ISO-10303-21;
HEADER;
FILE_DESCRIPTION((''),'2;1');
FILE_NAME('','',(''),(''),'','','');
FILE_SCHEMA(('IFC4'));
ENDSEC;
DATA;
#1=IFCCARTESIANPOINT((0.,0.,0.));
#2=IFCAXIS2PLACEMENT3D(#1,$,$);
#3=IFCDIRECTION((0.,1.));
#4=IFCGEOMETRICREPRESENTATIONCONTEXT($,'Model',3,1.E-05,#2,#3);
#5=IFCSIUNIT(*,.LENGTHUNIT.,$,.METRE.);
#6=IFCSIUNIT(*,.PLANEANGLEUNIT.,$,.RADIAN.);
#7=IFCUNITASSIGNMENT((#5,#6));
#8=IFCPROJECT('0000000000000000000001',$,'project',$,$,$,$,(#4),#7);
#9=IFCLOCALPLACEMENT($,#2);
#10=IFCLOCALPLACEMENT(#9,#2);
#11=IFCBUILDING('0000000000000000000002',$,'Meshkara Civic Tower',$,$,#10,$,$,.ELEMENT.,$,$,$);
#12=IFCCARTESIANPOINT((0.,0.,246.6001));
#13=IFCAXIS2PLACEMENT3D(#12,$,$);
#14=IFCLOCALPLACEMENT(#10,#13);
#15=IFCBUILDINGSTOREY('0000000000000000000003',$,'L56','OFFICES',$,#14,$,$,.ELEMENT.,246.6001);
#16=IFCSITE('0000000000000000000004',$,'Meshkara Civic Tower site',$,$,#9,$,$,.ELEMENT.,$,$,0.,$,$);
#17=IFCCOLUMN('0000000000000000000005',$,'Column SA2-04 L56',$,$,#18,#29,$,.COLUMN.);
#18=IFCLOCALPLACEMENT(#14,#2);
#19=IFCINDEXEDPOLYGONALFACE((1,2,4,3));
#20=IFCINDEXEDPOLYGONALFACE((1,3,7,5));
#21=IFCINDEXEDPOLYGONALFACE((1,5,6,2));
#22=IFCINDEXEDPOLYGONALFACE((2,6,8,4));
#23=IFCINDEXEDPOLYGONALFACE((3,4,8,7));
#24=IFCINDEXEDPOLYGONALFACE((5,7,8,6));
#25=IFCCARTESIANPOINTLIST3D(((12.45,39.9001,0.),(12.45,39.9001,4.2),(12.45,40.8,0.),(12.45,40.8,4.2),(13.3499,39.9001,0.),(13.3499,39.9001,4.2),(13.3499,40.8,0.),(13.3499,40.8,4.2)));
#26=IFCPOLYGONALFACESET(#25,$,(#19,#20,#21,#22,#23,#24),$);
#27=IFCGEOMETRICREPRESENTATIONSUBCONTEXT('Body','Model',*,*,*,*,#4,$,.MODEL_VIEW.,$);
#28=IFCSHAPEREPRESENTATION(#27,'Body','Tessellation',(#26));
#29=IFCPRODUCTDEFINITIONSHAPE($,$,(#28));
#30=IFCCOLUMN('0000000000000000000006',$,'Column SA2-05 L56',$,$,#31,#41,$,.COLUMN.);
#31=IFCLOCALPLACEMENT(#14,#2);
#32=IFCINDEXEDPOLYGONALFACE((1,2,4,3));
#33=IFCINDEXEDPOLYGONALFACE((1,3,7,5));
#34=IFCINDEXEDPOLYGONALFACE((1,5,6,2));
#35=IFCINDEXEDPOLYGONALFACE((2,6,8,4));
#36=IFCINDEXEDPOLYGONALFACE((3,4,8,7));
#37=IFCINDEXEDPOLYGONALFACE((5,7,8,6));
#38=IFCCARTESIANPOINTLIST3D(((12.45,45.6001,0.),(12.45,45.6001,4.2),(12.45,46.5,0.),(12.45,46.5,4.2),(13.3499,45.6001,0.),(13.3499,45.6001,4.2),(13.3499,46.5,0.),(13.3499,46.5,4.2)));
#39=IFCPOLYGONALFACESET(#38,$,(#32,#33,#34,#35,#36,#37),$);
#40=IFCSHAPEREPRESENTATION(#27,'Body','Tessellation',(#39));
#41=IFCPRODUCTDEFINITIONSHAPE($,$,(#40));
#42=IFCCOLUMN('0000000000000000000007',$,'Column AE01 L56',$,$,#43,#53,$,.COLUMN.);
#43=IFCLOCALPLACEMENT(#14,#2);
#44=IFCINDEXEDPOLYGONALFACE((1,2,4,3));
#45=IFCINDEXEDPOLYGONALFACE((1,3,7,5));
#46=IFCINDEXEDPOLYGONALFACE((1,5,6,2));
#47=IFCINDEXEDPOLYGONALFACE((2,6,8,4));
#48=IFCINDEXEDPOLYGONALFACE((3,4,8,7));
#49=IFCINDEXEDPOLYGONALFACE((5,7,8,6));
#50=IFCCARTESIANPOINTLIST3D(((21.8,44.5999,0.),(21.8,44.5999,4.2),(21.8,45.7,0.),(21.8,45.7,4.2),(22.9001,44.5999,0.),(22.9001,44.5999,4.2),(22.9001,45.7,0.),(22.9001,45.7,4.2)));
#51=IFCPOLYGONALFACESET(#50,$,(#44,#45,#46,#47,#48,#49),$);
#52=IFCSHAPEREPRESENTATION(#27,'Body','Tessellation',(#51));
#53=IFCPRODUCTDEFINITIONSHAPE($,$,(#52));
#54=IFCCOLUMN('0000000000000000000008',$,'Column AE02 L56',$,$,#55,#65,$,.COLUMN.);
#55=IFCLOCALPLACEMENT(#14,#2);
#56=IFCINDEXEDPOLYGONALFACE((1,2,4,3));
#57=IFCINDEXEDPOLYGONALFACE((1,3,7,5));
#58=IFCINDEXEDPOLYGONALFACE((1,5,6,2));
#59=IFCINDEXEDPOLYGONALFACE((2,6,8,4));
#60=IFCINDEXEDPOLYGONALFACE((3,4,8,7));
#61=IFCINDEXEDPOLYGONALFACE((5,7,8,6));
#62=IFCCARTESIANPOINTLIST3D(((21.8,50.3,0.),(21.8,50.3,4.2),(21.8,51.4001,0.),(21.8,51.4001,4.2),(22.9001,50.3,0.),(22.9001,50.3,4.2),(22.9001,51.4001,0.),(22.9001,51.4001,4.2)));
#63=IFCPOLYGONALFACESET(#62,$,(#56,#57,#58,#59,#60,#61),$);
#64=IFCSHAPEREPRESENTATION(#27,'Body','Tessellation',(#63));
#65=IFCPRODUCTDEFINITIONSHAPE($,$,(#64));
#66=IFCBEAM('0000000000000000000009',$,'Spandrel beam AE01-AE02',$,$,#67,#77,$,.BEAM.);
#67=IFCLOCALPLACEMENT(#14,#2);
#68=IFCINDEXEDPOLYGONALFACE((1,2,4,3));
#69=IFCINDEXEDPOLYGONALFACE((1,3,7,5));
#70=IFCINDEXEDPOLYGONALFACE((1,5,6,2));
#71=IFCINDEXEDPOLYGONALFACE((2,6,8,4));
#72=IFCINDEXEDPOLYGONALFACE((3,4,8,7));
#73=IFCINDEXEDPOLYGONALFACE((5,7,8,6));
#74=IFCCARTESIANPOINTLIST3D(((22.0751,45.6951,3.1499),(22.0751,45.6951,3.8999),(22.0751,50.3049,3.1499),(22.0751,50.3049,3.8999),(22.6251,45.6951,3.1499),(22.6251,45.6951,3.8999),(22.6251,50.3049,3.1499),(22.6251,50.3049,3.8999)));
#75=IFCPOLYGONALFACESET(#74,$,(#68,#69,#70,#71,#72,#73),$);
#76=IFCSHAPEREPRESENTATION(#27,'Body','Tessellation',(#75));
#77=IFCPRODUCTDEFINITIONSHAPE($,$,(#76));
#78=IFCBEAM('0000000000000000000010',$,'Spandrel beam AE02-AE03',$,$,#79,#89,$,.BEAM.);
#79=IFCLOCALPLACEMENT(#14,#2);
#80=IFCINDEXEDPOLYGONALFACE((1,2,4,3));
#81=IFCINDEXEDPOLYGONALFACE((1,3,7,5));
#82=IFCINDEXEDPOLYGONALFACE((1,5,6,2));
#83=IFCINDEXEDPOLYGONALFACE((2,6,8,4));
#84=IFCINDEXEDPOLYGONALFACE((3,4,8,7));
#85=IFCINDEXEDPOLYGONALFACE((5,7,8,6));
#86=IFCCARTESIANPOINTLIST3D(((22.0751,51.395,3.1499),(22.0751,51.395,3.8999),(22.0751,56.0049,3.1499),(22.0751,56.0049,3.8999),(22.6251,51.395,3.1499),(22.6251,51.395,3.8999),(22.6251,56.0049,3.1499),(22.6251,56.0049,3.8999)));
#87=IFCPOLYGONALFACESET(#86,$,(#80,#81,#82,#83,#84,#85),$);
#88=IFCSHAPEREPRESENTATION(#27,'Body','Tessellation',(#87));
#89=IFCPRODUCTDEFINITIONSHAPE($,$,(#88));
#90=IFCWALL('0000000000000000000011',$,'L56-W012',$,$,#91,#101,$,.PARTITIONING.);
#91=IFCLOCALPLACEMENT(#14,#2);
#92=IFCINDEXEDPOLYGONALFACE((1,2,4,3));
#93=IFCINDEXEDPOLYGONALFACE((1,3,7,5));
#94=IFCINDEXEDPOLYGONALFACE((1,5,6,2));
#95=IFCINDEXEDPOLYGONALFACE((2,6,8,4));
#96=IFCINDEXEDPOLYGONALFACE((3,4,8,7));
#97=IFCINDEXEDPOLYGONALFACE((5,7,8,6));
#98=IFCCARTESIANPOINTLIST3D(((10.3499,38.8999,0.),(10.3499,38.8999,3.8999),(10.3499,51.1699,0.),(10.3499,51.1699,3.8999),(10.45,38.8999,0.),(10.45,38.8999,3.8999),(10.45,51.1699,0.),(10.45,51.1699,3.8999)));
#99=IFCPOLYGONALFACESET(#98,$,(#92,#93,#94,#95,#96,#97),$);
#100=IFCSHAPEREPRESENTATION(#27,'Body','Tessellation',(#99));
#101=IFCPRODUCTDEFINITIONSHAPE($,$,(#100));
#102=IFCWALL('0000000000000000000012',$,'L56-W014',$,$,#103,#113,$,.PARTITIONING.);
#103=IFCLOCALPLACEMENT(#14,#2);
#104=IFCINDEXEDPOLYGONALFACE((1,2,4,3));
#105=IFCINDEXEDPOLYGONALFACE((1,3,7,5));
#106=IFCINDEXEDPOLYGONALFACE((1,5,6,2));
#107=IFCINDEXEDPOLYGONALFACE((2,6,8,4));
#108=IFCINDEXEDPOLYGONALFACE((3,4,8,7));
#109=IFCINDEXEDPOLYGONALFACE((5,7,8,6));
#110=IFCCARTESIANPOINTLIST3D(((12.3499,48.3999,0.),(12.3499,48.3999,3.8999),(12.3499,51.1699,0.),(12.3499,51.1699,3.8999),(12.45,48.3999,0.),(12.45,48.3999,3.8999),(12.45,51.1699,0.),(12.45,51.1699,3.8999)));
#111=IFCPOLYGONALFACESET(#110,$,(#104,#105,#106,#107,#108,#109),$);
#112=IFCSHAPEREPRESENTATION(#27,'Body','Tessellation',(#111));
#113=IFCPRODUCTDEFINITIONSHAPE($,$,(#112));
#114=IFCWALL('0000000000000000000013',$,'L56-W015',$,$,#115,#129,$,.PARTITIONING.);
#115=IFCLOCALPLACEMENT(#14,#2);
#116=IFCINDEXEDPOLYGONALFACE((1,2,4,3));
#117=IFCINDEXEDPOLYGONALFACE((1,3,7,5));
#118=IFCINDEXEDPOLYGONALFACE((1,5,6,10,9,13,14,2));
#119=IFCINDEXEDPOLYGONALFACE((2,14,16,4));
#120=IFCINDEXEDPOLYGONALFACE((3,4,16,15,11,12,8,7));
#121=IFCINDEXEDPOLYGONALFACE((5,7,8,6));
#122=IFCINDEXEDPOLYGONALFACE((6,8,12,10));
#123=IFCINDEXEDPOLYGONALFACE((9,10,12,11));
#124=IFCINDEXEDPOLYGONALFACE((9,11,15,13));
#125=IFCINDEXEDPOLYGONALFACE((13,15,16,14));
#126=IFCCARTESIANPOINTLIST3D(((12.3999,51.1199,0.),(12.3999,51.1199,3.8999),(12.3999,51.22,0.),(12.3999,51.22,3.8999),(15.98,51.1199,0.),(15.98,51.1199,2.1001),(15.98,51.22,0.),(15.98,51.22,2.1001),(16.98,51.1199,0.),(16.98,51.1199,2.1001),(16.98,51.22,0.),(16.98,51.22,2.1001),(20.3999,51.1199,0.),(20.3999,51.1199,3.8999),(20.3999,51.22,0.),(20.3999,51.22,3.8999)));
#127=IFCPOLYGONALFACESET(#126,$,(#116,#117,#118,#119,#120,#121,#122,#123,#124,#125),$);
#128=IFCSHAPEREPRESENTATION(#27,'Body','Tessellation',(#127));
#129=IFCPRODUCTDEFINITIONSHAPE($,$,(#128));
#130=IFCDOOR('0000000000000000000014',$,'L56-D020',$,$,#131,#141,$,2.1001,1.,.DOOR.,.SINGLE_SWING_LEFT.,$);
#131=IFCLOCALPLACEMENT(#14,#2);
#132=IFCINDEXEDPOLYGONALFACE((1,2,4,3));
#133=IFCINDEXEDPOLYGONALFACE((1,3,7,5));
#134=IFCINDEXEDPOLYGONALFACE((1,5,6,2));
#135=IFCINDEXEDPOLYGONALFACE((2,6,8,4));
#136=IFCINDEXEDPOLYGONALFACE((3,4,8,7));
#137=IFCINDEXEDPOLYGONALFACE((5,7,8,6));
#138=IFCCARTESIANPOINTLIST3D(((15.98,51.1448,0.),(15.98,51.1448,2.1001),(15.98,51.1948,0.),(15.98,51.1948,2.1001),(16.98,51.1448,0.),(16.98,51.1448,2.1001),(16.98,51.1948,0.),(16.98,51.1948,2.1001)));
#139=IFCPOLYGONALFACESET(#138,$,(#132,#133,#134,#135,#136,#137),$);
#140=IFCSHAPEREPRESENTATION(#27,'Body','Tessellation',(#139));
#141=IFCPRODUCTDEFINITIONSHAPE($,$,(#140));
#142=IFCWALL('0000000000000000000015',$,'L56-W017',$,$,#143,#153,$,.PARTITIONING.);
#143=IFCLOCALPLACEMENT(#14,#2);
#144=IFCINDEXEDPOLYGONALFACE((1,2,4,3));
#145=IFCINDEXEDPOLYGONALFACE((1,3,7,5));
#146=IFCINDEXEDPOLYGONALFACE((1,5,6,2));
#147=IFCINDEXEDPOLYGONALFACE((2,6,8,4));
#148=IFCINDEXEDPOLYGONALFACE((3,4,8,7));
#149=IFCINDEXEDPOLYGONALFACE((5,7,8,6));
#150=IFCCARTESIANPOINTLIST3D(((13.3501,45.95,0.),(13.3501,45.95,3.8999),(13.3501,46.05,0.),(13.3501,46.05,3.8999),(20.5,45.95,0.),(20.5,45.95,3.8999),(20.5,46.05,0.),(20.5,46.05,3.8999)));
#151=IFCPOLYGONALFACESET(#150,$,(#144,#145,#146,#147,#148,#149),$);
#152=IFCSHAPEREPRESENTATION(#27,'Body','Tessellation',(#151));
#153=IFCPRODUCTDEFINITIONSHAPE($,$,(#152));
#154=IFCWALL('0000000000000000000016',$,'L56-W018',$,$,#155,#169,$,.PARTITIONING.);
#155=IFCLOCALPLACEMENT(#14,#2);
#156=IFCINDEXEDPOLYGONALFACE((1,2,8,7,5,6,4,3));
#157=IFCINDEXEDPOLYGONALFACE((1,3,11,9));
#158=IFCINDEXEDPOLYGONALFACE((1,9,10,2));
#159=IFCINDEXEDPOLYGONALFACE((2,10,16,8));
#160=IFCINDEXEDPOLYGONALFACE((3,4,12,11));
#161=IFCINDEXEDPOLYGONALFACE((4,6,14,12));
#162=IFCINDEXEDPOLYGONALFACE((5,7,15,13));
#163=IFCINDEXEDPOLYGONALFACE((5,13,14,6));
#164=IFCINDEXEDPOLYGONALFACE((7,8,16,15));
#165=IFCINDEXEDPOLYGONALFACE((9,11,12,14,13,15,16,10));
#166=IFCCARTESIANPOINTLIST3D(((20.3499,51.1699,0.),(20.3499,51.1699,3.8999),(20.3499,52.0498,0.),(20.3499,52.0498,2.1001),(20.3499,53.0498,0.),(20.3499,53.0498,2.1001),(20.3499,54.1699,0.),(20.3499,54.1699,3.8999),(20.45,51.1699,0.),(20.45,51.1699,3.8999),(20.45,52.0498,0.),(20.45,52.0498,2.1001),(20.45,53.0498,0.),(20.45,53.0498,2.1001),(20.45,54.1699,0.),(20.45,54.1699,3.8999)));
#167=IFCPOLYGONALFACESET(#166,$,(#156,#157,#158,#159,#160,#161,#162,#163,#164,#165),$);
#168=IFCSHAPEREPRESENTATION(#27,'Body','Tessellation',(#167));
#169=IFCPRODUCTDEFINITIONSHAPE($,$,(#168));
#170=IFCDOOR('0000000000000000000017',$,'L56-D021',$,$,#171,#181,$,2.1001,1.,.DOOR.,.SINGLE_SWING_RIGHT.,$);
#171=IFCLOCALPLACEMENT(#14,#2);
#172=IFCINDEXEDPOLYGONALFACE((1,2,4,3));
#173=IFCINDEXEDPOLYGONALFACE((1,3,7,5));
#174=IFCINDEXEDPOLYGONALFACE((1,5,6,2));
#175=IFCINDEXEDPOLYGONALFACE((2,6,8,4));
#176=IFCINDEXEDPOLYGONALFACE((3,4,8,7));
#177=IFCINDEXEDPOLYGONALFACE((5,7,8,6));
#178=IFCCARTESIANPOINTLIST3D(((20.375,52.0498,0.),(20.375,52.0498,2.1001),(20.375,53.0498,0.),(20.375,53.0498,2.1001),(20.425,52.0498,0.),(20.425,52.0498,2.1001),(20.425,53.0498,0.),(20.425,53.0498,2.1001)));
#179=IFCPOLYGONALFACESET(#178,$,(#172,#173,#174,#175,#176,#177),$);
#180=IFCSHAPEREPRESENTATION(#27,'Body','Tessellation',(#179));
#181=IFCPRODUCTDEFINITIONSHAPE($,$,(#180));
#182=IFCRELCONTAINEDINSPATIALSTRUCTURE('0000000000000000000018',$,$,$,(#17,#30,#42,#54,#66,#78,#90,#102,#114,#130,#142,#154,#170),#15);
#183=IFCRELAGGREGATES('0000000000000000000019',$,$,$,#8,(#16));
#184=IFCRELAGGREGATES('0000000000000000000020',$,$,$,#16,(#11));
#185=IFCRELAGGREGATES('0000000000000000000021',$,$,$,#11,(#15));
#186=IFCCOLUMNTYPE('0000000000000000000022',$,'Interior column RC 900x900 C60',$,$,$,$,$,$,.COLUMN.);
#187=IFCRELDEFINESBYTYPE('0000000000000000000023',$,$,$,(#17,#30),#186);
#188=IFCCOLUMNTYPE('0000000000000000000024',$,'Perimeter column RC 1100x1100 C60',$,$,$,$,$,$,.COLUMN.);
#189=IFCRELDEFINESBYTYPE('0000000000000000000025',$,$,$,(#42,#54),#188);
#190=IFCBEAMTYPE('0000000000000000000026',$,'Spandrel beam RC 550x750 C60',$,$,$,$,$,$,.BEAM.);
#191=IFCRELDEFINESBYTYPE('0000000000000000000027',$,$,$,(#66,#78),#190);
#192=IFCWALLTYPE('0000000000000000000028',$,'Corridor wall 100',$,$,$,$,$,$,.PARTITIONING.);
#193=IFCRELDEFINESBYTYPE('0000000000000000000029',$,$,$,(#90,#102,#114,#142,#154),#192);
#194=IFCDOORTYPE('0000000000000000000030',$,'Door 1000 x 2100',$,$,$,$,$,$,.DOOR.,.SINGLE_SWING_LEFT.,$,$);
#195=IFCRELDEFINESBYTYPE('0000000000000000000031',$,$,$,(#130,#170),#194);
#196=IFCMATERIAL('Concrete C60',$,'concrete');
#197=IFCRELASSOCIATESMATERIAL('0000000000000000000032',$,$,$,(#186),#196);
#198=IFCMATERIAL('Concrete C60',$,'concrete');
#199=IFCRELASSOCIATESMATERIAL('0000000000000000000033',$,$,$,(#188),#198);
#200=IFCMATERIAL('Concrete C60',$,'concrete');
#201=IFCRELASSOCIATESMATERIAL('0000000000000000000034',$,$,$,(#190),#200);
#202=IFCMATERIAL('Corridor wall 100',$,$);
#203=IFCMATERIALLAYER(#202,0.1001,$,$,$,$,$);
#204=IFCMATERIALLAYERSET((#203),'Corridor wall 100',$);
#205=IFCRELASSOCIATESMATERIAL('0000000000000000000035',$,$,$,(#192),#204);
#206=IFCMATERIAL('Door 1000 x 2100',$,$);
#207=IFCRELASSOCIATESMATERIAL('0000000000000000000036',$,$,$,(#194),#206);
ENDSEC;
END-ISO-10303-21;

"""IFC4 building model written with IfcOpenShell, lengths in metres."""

from ifc_helpers import new_model, si_unit, direction, frame, frame_2d, origin, origin_2d, place, context, subcontext, project, spatial, rectangle, extrude, material, layer, layer_set, material_profile, profile_set, type_object, element, fill, save


model = new_model("IFC4")

# Units and contexts
model_context = context("Model", 3, precision=1e-05, world=origin(), true_north=direction((0.0, 1.0)))
body_context = subcontext(model_context, "Body", "Model", "MODEL_VIEW")
ifc_project = project(units=[si_unit("LENGTHUNIT", "METRE"), si_unit("PLANEANGLEUNIT", "RADIAN")], contexts=[model_context])

# Site, building, storey
site_placement = place(None, origin())
site = spatial("IfcSite", under=ifc_project, at=site_placement, Name="Meshkara Civic Tower site", CompositionType="ELEMENT", RefElevation=0.0)
building_placement = place(site_placement, origin())
building = spatial("IfcBuilding", under=site, at=building_placement, Name="Meshkara Civic Tower", CompositionType="ELEMENT")
storey_placement = place(building_placement, frame((0.0, 0.0, 246.6001)))
storey = spatial("IfcBuildingStorey", under=building, at=storey_placement, Name="L56", Description="OFFICES", CompositionType="ELEMENT", Elevation=246.6001)

# Columns
ifc_material_1 = material(Name="Concrete C60", Category="concrete")
ifc_material_profile_1 = material_profile(ifc_material_1, rectangle(XDim=0.8999, YDim=0.8999, at=origin_2d()))
ifc_profile_set_1 = profile_set([ifc_material_profile_1], Name="Concrete C60")
column_type_1 = type_object("IfcColumnType", Name="Interior column RC 900x900 C60", PredefinedType="COLUMN", material=ifc_profile_set_1)
for number, where, z_axis, x_axis, name in (
    (1, (12.8999, 40.3501, 0.0), (0.0, 0.0, 1.0), (1.0, 0.0, 0.0), "Column SA2-04 L56"),
    (2, (12.8999, 46.05, 0.0), (0.0, 0.0, 1.0), (1.0, 0.0, 0.0), "Column SA2-05 L56"),
):
    element("IfcColumn", number, at=place(storey_placement, frame(where, z_axis=z_axis, x_axis=x_axis)), inside=storey, type_object=column_type_1, Name=name, PredefinedType="COLUMN", context=body_context, shape_type="SweptSolid", body=[
        extrude(rectangle(XDim=0.8999, YDim=0.8999, at=origin_2d()), origin(), (0.0, 0.0, 1.0), 4.2),
    ])
ifc_material_2 = material(Name="Concrete C60", Category="concrete")
ifc_material_profile_2 = material_profile(ifc_material_2, rectangle(XDim=1.1001, YDim=1.1001, at=origin_2d()))
ifc_profile_set_2 = profile_set([ifc_material_profile_2], Name="Concrete C60")
column_type_2 = type_object("IfcColumnType", Name="Perimeter column RC 1100x1100 C60", PredefinedType="COLUMN", material=ifc_profile_set_2)
for number, where, z_axis, x_axis, name in (
    (3, (22.3501, 45.1499, 0.0), (0.0, 0.0, 1.0), (1.0, 0.0, 0.0), "Column AE01 L56"),
    (4, (22.3501, 50.8501, 0.0), (0.0, 0.0, 1.0), (1.0, 0.0, 0.0), "Column AE02 L56"),
):
    element("IfcColumn", number, at=place(storey_placement, frame(where, z_axis=z_axis, x_axis=x_axis)), inside=storey, type_object=column_type_2, Name=name, PredefinedType="COLUMN", context=body_context, shape_type="SweptSolid", body=[
        extrude(rectangle(XDim=1.1001, YDim=1.1001, at=origin_2d()), origin(), (0.0, 0.0, 1.0), 4.2),
    ])

# Beams
ifc_material_3 = material(Name="Concrete C60", Category="concrete")
ifc_material_profile_3 = material_profile(ifc_material_3, rectangle(XDim=0.55, YDim=0.75, at=origin_2d()))
ifc_profile_set_3 = profile_set([ifc_material_profile_3], Name="Concrete C60")
beam_type = type_object("IfcBeamType", Name="Spandrel beam RC 550x750 C60", PredefinedType="BEAM", material=ifc_profile_set_3)
for number, where, z_axis, x_axis, name in (
    (5, (22.3501, 45.6951, 3.5249), (0.0, 1.0, 0.0), (-1.0, 0.0, 0.0), "Spandrel beam AE01-AE02"),
    (6, (22.3501, 51.395, 3.5249), (0.0, 1.0, 0.0), (-1.0, 0.0, 0.0), "Spandrel beam AE02-AE03"),
):
    element("IfcBeam", number, at=place(storey_placement, frame(where, z_axis=z_axis, x_axis=x_axis)), inside=storey, type_object=beam_type, Name=name, PredefinedType="BEAM", context=body_context, shape_type="SweptSolid", body=[
        extrude(rectangle(XDim=0.55, YDim=0.75, at=origin_2d()), origin(), (0.0, 0.0, 1.0), 4.6099),
    ])

# Walls
ifc_material_4 = material(Name="Corridor wall 100")
ifc_layer_1 = layer(ifc_material_4, 0.1001)
ifc_layer_set_1 = layer_set([ifc_layer_1], Name="Corridor wall 100")
wall_type_1 = type_object("IfcWallType", Name="Corridor wall 100", PredefinedType="PARTITIONING", material=ifc_layer_set_1)
wall_1_placement = place(storey_placement, frame((10.3999, 51.1699, 0.0), z_axis=(0.0, 0.0, 1.0), x_axis=(0.0, -1.0, 0.0)))
element("IfcWall", 7, at=wall_1_placement, inside=storey, type_object=wall_type_1, Name="L56-W012", PredefinedType="PARTITIONING", context=body_context, shape_type="SweptSolid", body=[
    extrude(rectangle(XDim=12.27, YDim=0.1001, at=frame_2d((6.135, 0.0))), origin(), (0.0, 0.0, 1.0), 3.8999),
])
wall_2_placement = place(storey_placement, frame((12.3999, 48.3999, 0.0), z_axis=(0.0, 0.0, 1.0), x_axis=(0.0, 1.0, 0.0)))
element("IfcWall", 8, at=wall_2_placement, inside=storey, type_object=wall_type_1, Name="L56-W014", PredefinedType="PARTITIONING", context=body_context, shape_type="SweptSolid", body=[
    extrude(rectangle(XDim=2.77, YDim=0.1001, at=frame_2d((1.385, 0.0))), origin(), (0.0, 0.0, 1.0), 3.8999),
])

# Wall, opening, door
wall_3_placement = place(storey_placement, frame((12.3999, 51.1699, 0.0), z_axis=(0.0, 0.0, 1.0), x_axis=(1.0, 0.0, 0.0)))
wall_3 = element("IfcWall", 9, at=wall_3_placement, inside=storey, type_object=wall_type_1, Name="L56-W015", PredefinedType="PARTITIONING", context=body_context, shape_type="SweptSolid", body=[
    extrude(rectangle(XDim=8.0, YDim=0.1001, at=frame_2d((4.0, 0.0))), origin(), (0.0, 0.0, 1.0), 3.8999),
])
opening_1_placement = place(wall_3_placement, frame((3.5801, 0.0, 0.0)))
opening_1 = element("IfcOpeningElement", 10, at=opening_1_placement, cuts=wall_3, PredefinedType="OPENING", context=body_context, shape_type="SweptSolid", body=[
    extrude(rectangle(XDim=1.0, YDim=2.1001, at=frame_2d((0.5, 1.05))), frame((0.0, 0.0601, 0.0), z_axis=(0.0, -1.0, 0.0), x_axis=(1.0, 0.0, 0.0)), (0.0, 0.0, 1.0), 0.1201),
])
ifc_material_5 = material(Name="Door 1000 x 2100")
door_type = type_object("IfcDoorType", Name="Door 1000 x 2100", OperationType="SINGLE_SWING_LEFT", PredefinedType="DOOR", material=ifc_material_5)
door_1_placement = place(opening_1_placement, origin())
door_1 = element("IfcDoor", 11, at=door_1_placement, inside=storey, type_object=door_type, Name="L56-D020", OperationType="SINGLE_SWING_LEFT", OverallHeight=2.1001, OverallWidth=1.0, PredefinedType="DOOR", context=body_context, shape_type="SweptSolid", body=[
    extrude(rectangle(XDim=1.0, YDim=2.1001, at=frame_2d((0.5, 1.05))), frame((0.0, 0.0249, 0.0), z_axis=(0.0, -1.0, 0.0), x_axis=(1.0, 0.0, 0.0)), (0.0, 0.0, 1.0), 0.05),
])
fill(opening_1, door_1)

# Wall
wall_4_placement = place(storey_placement, frame((13.3501, 46.0, 0.0), z_axis=(0.0, 0.0, 1.0), x_axis=(1.0, 0.0, 0.0)))
element("IfcWall", 12, at=wall_4_placement, inside=storey, type_object=wall_type_1, Name="L56-W017", PredefinedType="PARTITIONING", context=body_context, shape_type="SweptSolid", body=[
    extrude(rectangle(XDim=7.1499, YDim=0.1001, at=frame_2d((3.575, 0.0))), origin(), (0.0, 0.0, 1.0), 3.8999),
])

# Wall, opening, door
wall_5_placement = place(storey_placement, frame((20.3999, 51.1699, 0.0), z_axis=(0.0, 0.0, 1.0), x_axis=(0.0, 1.0, 0.0)))
wall_5 = element("IfcWall", 13, at=wall_5_placement, inside=storey, type_object=wall_type_1, Name="L56-W018", PredefinedType="PARTITIONING", context=body_context, shape_type="SweptSolid", body=[
    extrude(rectangle(XDim=3.0, YDim=0.1001, at=frame_2d((1.5, 0.0))), origin(), (0.0, 0.0, 1.0), 3.8999),
])
opening_2_placement = place(wall_5_placement, frame((0.8799, 0.0, 0.0)))
opening_2 = element("IfcOpeningElement", 14, at=opening_2_placement, cuts=wall_5, PredefinedType="OPENING", context=body_context, shape_type="SweptSolid", body=[
    extrude(rectangle(XDim=1.0, YDim=2.1001, at=frame_2d((0.5, 1.05))), frame((0.0, 0.0601, 0.0), z_axis=(0.0, -1.0, 0.0), x_axis=(1.0, 0.0, 0.0)), (0.0, 0.0, 1.0), 0.1201),
])
door_2_placement = place(opening_2_placement, origin())
door_2 = element("IfcDoor", 15, at=door_2_placement, inside=storey, type_object=door_type, Name="L56-D021", OperationType="SINGLE_SWING_RIGHT", OverallHeight=2.1001, OverallWidth=1.0, PredefinedType="DOOR", context=body_context, shape_type="SweptSolid", body=[
    extrude(rectangle(XDim=1.0, YDim=2.1001, at=frame_2d((0.5, 1.05))), frame((0.0, 0.0249, 0.0), z_axis=(0.0, -1.0, 0.0), x_axis=(1.0, 0.0, 0.0)), (0.0, 0.0, 1.0), 0.05),
])
fill(opening_2, door_2)

save(model, "model.ifc")
